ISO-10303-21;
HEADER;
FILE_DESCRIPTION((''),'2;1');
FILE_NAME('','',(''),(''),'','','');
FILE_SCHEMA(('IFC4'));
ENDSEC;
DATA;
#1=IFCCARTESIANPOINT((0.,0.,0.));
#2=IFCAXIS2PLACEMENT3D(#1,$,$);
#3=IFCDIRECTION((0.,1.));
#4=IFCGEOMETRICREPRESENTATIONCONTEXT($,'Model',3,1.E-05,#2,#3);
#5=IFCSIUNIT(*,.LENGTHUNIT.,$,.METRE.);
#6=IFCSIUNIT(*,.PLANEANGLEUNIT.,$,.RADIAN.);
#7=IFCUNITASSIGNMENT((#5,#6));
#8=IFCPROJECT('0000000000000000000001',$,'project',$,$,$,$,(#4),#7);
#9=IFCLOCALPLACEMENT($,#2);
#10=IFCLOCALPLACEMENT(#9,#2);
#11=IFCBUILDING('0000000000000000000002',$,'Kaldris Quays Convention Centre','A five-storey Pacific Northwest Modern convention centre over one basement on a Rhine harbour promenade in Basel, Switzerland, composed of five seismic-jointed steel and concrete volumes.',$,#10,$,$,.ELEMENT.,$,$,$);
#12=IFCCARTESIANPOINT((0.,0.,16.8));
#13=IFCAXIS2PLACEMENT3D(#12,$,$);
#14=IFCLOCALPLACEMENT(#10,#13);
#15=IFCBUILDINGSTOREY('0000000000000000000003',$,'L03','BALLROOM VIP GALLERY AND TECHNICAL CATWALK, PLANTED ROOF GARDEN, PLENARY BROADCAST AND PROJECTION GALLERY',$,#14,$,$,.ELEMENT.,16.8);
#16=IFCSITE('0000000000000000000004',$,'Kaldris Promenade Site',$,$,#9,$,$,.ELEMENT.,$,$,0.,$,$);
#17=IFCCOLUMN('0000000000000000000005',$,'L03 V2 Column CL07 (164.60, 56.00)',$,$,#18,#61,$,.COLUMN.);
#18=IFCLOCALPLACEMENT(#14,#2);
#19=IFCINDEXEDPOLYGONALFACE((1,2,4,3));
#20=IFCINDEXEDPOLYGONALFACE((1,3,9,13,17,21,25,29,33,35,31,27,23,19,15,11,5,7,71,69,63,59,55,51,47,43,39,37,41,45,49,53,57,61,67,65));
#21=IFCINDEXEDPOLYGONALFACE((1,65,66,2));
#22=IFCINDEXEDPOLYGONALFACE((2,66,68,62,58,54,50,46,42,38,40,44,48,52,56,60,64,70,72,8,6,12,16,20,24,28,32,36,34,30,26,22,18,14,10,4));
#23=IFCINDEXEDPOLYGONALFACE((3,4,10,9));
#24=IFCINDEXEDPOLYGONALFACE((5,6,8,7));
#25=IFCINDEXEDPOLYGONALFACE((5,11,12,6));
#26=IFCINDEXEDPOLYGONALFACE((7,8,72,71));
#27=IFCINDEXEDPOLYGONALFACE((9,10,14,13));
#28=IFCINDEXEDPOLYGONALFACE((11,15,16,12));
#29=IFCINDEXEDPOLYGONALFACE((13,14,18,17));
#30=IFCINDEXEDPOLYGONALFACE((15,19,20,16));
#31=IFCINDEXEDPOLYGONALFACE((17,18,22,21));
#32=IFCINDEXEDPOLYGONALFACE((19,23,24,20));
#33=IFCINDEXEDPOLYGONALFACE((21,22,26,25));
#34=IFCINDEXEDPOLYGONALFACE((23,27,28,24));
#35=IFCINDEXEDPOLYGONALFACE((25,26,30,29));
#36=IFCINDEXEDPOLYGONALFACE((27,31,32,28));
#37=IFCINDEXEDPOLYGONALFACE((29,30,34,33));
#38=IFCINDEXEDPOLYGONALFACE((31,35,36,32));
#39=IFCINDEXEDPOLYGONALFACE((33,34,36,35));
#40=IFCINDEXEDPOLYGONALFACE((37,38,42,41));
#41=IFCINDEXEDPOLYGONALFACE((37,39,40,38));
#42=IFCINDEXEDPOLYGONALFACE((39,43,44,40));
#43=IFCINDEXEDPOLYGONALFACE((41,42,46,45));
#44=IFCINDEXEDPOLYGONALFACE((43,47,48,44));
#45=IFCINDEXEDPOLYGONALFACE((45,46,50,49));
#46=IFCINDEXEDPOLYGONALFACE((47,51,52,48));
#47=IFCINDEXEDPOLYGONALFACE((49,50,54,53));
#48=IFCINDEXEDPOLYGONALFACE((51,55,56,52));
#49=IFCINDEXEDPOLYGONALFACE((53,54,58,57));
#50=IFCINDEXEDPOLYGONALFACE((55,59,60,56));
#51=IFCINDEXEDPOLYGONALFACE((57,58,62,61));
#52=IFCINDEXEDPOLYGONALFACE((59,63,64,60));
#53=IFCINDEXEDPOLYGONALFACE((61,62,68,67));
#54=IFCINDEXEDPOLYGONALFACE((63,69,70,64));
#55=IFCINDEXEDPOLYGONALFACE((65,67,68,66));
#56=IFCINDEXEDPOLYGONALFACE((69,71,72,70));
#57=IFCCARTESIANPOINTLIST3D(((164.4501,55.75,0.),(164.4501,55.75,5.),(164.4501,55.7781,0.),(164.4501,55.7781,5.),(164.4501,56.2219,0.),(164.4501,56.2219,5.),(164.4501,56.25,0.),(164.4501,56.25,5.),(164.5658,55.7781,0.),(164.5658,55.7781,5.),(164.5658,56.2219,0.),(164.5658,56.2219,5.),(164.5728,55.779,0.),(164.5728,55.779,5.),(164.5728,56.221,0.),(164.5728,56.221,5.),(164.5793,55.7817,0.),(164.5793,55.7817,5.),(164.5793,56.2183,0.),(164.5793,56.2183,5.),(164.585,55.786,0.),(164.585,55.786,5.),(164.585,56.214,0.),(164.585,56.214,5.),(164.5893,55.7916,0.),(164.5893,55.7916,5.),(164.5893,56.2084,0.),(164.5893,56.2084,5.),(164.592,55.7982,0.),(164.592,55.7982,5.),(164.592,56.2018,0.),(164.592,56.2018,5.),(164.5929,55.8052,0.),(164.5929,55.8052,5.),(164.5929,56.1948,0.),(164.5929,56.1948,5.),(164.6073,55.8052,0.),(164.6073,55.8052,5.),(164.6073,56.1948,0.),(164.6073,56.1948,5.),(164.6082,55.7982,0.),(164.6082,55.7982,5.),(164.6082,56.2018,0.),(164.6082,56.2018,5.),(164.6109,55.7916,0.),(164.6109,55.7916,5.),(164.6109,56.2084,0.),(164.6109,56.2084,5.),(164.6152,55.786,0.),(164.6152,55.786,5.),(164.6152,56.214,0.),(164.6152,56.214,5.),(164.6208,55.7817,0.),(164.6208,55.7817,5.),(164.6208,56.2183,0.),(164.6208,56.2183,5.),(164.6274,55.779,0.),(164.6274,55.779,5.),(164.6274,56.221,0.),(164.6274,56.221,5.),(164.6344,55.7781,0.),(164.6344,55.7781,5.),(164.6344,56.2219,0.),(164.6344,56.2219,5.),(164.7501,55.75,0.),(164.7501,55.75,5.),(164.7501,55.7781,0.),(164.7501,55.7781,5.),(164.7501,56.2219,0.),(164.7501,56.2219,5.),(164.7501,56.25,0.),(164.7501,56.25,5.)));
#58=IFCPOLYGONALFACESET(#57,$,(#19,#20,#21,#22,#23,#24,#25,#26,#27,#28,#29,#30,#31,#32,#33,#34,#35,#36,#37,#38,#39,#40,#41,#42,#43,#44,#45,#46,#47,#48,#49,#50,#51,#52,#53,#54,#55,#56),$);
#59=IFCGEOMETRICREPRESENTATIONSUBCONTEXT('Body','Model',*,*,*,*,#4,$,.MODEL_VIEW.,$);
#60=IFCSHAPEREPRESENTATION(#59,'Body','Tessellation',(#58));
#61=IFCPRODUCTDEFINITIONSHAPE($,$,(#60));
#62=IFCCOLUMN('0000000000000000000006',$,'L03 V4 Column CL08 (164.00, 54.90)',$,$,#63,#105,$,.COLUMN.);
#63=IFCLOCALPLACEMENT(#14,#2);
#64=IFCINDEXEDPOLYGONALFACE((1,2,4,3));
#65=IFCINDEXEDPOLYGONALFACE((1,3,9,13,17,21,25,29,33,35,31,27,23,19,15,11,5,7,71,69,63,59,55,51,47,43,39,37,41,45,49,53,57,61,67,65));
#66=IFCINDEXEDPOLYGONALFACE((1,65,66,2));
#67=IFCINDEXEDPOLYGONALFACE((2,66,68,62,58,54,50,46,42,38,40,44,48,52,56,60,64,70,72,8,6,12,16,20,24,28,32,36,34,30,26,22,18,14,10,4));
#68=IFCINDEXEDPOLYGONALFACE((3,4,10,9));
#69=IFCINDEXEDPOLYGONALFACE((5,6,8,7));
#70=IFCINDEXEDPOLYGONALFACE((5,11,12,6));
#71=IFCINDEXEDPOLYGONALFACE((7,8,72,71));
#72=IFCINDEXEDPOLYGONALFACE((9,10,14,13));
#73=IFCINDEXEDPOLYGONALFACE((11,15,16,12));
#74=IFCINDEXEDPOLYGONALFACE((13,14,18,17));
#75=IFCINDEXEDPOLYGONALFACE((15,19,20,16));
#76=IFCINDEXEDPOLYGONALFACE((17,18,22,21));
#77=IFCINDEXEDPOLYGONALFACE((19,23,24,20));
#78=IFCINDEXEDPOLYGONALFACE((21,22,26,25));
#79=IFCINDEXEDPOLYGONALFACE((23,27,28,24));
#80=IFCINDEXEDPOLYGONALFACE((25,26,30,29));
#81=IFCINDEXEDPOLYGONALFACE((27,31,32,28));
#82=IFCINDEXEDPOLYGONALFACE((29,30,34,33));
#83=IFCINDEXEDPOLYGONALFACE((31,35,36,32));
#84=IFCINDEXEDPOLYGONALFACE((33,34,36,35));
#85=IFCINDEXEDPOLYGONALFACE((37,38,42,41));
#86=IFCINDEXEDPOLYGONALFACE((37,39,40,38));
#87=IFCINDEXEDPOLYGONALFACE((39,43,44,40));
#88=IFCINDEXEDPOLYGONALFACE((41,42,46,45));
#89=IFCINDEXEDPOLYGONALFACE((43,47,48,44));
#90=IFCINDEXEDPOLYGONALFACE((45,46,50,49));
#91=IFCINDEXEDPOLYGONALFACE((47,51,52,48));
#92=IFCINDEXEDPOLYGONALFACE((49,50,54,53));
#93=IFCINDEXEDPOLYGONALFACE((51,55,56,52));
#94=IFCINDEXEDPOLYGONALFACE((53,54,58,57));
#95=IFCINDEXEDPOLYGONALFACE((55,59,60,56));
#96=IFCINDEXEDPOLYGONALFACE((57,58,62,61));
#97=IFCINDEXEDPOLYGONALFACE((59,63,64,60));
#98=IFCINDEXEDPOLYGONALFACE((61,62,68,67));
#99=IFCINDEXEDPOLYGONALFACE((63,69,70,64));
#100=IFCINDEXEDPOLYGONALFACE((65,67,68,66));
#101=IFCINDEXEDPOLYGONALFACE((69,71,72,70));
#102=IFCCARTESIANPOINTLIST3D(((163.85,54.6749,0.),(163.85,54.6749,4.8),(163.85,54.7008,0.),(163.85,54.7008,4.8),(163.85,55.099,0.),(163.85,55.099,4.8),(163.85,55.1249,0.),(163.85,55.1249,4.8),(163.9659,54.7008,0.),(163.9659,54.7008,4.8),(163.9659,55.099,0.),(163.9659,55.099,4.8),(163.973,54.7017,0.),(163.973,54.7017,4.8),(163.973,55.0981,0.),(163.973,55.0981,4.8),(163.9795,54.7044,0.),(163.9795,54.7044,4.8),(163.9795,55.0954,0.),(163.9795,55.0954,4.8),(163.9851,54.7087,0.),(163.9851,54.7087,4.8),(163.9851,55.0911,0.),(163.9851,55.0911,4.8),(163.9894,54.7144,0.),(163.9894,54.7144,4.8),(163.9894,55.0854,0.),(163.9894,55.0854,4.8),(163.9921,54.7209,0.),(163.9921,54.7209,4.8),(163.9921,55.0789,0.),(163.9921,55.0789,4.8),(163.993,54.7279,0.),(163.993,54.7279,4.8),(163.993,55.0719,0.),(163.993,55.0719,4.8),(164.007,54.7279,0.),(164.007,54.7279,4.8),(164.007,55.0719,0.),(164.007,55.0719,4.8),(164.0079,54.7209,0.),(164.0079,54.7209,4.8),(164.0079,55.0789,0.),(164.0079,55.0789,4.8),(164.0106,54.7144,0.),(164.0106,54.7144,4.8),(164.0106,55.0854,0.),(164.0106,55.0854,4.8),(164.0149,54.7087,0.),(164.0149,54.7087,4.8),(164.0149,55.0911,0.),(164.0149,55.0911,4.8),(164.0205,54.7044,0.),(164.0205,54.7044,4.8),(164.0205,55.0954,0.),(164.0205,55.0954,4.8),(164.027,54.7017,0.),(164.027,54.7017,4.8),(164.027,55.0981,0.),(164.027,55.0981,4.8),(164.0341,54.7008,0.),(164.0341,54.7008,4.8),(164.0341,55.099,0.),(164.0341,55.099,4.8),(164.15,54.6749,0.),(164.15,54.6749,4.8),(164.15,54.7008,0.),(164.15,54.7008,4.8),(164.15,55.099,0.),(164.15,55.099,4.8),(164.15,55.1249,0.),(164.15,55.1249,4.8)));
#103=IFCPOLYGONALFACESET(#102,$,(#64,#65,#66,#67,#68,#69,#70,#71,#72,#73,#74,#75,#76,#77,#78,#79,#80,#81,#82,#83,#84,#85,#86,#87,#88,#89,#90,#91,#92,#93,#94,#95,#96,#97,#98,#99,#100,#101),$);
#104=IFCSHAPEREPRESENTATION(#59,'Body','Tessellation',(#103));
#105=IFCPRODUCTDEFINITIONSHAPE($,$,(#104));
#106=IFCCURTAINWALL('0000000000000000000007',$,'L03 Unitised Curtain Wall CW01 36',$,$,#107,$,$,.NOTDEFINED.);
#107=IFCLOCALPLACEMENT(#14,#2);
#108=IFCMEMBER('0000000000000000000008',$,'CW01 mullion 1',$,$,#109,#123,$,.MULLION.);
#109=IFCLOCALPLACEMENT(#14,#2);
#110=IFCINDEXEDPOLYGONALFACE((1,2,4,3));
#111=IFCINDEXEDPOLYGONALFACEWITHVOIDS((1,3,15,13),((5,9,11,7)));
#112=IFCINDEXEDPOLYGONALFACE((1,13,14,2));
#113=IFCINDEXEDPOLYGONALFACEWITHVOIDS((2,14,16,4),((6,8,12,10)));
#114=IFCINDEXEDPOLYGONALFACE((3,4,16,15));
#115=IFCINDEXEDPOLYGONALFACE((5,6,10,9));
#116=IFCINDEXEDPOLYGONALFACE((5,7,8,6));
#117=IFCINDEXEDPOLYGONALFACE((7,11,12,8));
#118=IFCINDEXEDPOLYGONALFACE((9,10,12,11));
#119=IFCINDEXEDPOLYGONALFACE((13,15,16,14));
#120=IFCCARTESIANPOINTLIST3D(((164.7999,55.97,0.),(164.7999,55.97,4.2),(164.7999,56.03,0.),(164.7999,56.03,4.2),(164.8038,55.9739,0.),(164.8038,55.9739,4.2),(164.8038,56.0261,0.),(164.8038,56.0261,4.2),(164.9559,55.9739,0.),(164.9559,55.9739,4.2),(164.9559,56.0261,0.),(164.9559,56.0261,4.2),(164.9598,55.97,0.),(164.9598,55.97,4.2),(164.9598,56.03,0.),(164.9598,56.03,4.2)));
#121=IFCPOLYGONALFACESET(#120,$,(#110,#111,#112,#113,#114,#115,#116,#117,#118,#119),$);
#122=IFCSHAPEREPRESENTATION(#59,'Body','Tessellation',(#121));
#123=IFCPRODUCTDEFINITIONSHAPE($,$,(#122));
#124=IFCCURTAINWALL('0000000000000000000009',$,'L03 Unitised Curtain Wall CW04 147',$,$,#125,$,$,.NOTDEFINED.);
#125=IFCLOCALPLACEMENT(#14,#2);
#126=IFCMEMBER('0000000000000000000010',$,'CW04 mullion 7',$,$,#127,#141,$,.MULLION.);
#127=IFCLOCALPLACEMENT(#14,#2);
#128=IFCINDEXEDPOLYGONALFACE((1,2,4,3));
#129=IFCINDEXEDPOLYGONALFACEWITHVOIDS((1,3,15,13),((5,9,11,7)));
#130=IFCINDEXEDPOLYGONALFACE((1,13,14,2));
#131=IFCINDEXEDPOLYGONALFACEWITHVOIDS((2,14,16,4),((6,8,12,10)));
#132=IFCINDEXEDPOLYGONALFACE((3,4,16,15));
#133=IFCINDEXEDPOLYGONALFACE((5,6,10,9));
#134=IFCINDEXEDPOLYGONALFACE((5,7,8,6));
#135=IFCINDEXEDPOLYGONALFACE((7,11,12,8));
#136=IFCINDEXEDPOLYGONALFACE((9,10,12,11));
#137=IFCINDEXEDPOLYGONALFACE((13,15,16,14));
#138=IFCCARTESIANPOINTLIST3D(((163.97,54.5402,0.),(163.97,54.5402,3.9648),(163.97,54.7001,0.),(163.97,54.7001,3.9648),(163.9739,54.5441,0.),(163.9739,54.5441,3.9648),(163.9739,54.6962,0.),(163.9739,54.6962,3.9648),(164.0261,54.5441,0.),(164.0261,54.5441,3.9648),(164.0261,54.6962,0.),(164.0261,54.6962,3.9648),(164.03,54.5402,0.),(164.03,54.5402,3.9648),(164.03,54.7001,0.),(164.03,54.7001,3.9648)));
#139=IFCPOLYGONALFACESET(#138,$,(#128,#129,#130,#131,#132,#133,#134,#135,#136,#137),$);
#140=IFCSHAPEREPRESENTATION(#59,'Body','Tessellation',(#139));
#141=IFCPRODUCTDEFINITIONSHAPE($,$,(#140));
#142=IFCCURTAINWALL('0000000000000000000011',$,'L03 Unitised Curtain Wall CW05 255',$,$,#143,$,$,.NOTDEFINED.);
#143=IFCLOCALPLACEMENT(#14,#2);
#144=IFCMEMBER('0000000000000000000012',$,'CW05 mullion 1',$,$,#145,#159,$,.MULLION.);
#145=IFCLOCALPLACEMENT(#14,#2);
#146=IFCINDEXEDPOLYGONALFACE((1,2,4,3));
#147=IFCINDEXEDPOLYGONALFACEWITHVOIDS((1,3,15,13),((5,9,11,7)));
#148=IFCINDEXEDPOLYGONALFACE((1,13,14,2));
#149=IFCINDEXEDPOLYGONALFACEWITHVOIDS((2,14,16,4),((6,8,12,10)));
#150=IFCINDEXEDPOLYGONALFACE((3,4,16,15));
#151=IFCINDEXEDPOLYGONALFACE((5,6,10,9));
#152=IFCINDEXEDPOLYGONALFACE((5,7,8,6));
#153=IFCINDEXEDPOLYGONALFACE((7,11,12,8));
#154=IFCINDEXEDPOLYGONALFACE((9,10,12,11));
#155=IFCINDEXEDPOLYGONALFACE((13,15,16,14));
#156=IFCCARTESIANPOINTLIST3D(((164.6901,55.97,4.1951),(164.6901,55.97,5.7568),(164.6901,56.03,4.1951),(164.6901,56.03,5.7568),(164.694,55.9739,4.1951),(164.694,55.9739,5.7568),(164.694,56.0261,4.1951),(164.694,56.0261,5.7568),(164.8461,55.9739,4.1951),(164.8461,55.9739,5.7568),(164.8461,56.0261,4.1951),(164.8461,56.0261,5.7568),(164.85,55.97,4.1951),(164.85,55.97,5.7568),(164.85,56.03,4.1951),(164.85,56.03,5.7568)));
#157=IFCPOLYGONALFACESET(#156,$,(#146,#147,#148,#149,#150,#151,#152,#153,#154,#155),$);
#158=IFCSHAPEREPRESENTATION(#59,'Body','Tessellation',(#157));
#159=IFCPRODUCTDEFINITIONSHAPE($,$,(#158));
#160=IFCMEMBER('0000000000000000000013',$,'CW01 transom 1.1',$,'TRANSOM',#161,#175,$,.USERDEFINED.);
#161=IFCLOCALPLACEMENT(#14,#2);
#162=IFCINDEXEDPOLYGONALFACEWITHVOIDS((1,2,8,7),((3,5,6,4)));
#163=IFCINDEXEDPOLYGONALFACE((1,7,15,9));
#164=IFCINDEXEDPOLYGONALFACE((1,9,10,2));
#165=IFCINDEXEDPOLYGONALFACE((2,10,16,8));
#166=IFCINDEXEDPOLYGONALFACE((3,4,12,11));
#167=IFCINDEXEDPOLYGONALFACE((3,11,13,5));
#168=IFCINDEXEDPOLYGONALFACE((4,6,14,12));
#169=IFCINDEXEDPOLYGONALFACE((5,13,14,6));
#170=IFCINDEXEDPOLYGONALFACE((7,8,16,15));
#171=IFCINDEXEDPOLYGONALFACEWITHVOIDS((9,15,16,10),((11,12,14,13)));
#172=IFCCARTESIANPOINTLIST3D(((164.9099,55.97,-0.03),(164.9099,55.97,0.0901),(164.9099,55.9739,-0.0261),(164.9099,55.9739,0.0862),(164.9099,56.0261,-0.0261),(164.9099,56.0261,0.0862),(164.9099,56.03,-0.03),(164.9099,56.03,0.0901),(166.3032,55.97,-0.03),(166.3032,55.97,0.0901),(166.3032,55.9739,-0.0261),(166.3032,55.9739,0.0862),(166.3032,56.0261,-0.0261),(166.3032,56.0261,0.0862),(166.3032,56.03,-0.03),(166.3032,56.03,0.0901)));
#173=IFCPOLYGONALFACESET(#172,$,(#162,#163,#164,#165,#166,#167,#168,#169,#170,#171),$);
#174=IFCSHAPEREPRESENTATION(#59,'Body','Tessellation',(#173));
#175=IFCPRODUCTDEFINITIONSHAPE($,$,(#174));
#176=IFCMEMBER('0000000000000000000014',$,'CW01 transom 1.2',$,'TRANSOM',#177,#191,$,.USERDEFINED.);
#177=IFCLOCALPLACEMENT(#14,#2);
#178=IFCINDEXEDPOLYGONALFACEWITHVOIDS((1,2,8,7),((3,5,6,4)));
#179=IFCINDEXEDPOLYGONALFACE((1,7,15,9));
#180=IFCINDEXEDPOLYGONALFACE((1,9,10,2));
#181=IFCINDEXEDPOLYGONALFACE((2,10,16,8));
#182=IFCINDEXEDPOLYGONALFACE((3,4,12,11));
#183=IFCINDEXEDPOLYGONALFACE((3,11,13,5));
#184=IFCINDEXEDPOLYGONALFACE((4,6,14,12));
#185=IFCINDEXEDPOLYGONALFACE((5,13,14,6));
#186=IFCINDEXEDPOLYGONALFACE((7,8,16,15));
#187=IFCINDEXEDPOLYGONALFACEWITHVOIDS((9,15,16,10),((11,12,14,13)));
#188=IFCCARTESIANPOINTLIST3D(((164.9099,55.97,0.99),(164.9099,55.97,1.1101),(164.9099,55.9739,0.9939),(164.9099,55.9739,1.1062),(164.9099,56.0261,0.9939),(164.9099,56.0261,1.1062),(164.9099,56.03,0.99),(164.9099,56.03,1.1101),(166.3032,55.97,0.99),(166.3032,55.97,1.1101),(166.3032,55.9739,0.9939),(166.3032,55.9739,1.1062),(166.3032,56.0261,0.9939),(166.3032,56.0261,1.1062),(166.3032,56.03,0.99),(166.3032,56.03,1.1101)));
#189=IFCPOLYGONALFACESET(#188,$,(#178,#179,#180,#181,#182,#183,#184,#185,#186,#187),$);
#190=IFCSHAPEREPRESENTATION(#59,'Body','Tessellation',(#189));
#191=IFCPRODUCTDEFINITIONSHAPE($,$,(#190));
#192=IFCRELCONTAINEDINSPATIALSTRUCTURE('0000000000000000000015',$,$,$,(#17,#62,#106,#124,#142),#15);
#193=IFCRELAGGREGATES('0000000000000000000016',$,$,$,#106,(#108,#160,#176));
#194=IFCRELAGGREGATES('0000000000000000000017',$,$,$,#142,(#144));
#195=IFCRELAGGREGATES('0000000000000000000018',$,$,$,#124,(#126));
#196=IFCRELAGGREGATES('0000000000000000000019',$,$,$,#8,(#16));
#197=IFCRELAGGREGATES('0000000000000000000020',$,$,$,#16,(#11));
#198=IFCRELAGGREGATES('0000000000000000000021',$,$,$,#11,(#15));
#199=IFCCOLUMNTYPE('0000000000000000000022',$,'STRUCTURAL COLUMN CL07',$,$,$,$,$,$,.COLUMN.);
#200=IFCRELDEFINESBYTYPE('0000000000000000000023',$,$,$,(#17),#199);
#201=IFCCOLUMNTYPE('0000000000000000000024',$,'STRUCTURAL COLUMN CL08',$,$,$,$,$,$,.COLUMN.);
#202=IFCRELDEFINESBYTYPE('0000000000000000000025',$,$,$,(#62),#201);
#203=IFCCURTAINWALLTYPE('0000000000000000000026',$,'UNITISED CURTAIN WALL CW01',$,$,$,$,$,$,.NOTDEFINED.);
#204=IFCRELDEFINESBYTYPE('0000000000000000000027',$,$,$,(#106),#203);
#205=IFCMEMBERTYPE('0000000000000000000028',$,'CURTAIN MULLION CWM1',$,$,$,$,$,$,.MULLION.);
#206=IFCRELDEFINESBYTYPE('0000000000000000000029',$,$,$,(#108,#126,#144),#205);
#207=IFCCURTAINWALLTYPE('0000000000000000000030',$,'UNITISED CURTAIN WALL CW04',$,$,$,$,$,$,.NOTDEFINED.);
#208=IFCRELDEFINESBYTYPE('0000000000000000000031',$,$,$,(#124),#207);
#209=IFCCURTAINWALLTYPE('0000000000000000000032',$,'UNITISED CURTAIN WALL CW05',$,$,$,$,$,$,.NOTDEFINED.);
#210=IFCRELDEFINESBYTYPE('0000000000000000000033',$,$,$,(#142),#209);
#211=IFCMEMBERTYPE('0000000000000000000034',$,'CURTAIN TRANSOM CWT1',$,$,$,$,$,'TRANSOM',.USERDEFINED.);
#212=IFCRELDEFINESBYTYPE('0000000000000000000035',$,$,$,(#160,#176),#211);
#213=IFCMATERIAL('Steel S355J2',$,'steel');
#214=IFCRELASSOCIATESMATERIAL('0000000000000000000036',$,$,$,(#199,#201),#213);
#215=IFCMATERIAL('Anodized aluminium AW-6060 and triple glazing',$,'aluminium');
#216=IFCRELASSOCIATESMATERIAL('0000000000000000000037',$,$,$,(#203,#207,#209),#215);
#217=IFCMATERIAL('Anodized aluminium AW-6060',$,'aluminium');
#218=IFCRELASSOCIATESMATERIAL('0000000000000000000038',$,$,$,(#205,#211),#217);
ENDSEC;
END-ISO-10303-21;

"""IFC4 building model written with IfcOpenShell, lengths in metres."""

from ifc_helpers import new_model, si_unit, direction, frame, origin, origin_2d, place, context, subcontext, project, spatial, hollow_rectangle, i_section, extrude, material, material_profile, profile_set, type_object, element, aggregate, save


model = new_model("IFC4")

# Units and contexts
model_context = context("Model", 3, precision=1e-05, world=origin(), true_north=direction((0.0, 1.0)))
body_context = subcontext(model_context, "Body", "Model", "MODEL_VIEW")
ifc_project = project(units=[si_unit("LENGTHUNIT", "METRE"), si_unit("PLANEANGLEUNIT", "RADIAN")], contexts=[model_context])

# Site, building, storey
site_placement = place(None, origin())
site = spatial("IfcSite", under=ifc_project, at=site_placement, Name="Kaldris Promenade Site", CompositionType="ELEMENT", RefElevation=0.0)
building_placement = place(site_placement, origin())
building = spatial("IfcBuilding", under=site, at=building_placement, Name="Kaldris Quays Convention Centre", Description="A five-storey Pacific Northwest Modern convention centre over one basement on a Rhine harbour promenade in Basel, Switzerland, composed of five seismic-jointed steel and concrete volumes.", CompositionType="ELEMENT")
storey_placement = place(building_placement, frame((0.0, 0.0, 16.8)))
storey = spatial("IfcBuildingStorey", under=building, at=storey_placement, Name="L03", Description="BALLROOM VIP GALLERY AND TECHNICAL CATWALK, PLANTED ROOF GARDEN, PLENARY BROADCAST AND PROJECTION GALLERY", CompositionType="ELEMENT", Elevation=16.8)

# Columns
ifc_material_1 = material(Name="Steel S355J2", Category="steel")
ifc_material_profile_1 = material_profile(ifc_material_1, i_section(OverallWidth=0.3, OverallDepth=0.5, WebThickness=0.0144, FlangeThickness=0.0281, FilletRadius=0.0271, at=origin_2d()), Name="HEB 500")
ifc_profile_set_1 = profile_set([ifc_material_profile_1], Name="Steel S355J2")
column_type_1 = type_object("IfcColumnType", Name="STRUCTURAL COLUMN CL07", PredefinedType="COLUMN", material=ifc_profile_set_1)
column_1_placement = place(storey_placement, frame((164.6001, 56.0, 0.0), z_axis=(0.0, 0.0, 1.0), x_axis=(1.0, 0.0, 0.0)))
element("IfcColumn", 1, at=column_1_placement, inside=storey, type_object=column_type_1, Name="L03 V2 Column CL07 (164.60, 56.00)", PredefinedType="COLUMN", context=body_context, shape_type="SweptSolid", body=[
    extrude(i_section(OverallWidth=0.3, OverallDepth=0.5, WebThickness=0.0144, FlangeThickness=0.0281, FilletRadius=0.0271, at=origin_2d()), origin(), (0.0, 0.0, 1.0), 5.0),
])
ifc_material_profile_2 = material_profile(ifc_material_1, i_section(OverallWidth=0.3, OverallDepth=0.45, WebThickness=0.0139, FlangeThickness=0.0259, FilletRadius=0.0271, at=origin_2d()), Name="HEB 450")
ifc_profile_set_2 = profile_set([ifc_material_profile_2], Name="Steel S355J2")
column_type_2 = type_object("IfcColumnType", Name="STRUCTURAL COLUMN CL08", PredefinedType="COLUMN", material=ifc_profile_set_2)
column_2_placement = place(storey_placement, frame((164.0, 54.8999, 0.0), z_axis=(0.0, 0.0, 1.0), x_axis=(1.0, 0.0, 0.0)))
element("IfcColumn", 2, at=column_2_placement, inside=storey, type_object=column_type_2, Name="L03 V4 Column CL08 (164.00, 54.90)", PredefinedType="COLUMN", context=body_context, shape_type="SweptSolid", body=[
    extrude(i_section(OverallWidth=0.3, OverallDepth=0.45, WebThickness=0.0139, FlangeThickness=0.0259, FilletRadius=0.0271, at=origin_2d()), origin(), (0.0, 0.0, 1.0), 4.8),
])

# Curtain walls, members
ifc_material_2 = material(Name="Anodized aluminium AW-6060 and triple glazing", Category="aluminium")
curtain_wall_type_1 = type_object("IfcCurtainWallType", Name="UNITISED CURTAIN WALL CW01", PredefinedType="NOTDEFINED", material=ifc_material_2)
curtain_wall_1_placement = place(storey_placement, origin())
curtain_wall_1 = element("IfcCurtainWall", 3, at=curtain_wall_1_placement, inside=storey, type_object=curtain_wall_type_1, Name="L03 Unitised Curtain Wall CW01 36", PredefinedType="NOTDEFINED")
ifc_material_3 = material(Name="Anodized aluminium AW-6060", Category="aluminium")
ifc_material_profile_3 = material_profile(ifc_material_3, hollow_rectangle(XDim=0.0601, YDim=0.1599, WallThickness=0.0039, at=origin_2d()), Name="RHS 160x60x4")
ifc_profile_set_3 = profile_set([ifc_material_profile_3], Name="Anodized aluminium AW-6060")
member_type_1 = type_object("IfcMemberType", Name="CURTAIN MULLION CWM1", PredefinedType="MULLION", material=ifc_profile_set_3)
member_1_placement = place(storey_placement, frame((164.8799, 56.0, 0.0), z_axis=(0.0, 0.0, 1.0), x_axis=(0.0, 1.0, 0.0)))
member_1 = element("IfcMember", 4, at=member_1_placement, type_object=member_type_1, Name="CW01 mullion 1", PredefinedType="MULLION", context=body_context, shape_type="SweptSolid", body=[
    extrude(hollow_rectangle(XDim=0.0601, YDim=0.1599, WallThickness=0.0039, at=origin_2d()), origin(), (0.0, 0.0, 1.0), 4.2),
])
curtain_wall_type_2 = type_object("IfcCurtainWallType", Name="UNITISED CURTAIN WALL CW04", PredefinedType="NOTDEFINED", material=ifc_material_2)
curtain_wall_2_placement = place(storey_placement, origin())
curtain_wall_2 = element("IfcCurtainWall", 5, at=curtain_wall_2_placement, inside=storey, type_object=curtain_wall_type_2, Name="L03 Unitised Curtain Wall CW04 147", PredefinedType="NOTDEFINED")
member_2_placement = place(storey_placement, frame((164.0, 54.6201, 0.0), z_axis=(0.0, 0.0, 1.0), x_axis=(-1.0, 0.0, 0.0)))
member_2 = element("IfcMember", 6, at=member_2_placement, type_object=member_type_1, Name="CW04 mullion 7", PredefinedType="MULLION", context=body_context, shape_type="SweptSolid", body=[
    extrude(hollow_rectangle(XDim=0.0601, YDim=0.1599, WallThickness=0.0039, at=origin_2d()), origin(), (0.0, 0.0, 1.0), 3.9648),
])
curtain_wall_type_3 = type_object("IfcCurtainWallType", Name="UNITISED CURTAIN WALL CW05", PredefinedType="NOTDEFINED", material=ifc_material_2)
curtain_wall_3_placement = place(storey_placement, origin())
curtain_wall_3 = element("IfcCurtainWall", 7, at=curtain_wall_3_placement, inside=storey, type_object=curtain_wall_type_3, Name="L03 Unitised Curtain Wall CW05 255", PredefinedType="NOTDEFINED")
member_3_placement = place(storey_placement, frame((164.77, 56.0, 4.1951), z_axis=(0.0, 0.0, 1.0), x_axis=(0.0, 1.0, 0.0)))
member_3 = element("IfcMember", 8, at=member_3_placement, type_object=member_type_1, Name="CW05 mullion 1", PredefinedType="MULLION", context=body_context, shape_type="SweptSolid", body=[
    extrude(hollow_rectangle(XDim=0.0601, YDim=0.1599, WallThickness=0.0039, at=origin_2d()), origin(), (0.0, 0.0, 1.0), 1.5618),
])

# Members
ifc_material_profile_4 = material_profile(ifc_material_3, hollow_rectangle(XDim=0.0601, YDim=0.1201, WallThickness=0.0039, at=origin_2d()), Name="RHS 120x60x4")
ifc_profile_set_4 = profile_set([ifc_material_profile_4], Name="Anodized aluminium AW-6060")
member_type_2 = type_object("IfcMemberType", Name="CURTAIN TRANSOM CWT1", ElementType="TRANSOM", PredefinedType="USERDEFINED", material=ifc_profile_set_4)
member_4_placement = place(storey_placement, frame((164.9099, 56.0, 0.03), z_axis=(1.0, 0.0, 0.0), x_axis=(0.0, 1.0, 0.0)))
member_4 = element("IfcMember", 9, at=member_4_placement, type_object=member_type_2, Name="CW01 transom 1.1", ObjectType="TRANSOM", PredefinedType="USERDEFINED", context=body_context, shape_type="SweptSolid", body=[
    extrude(hollow_rectangle(XDim=0.0601, YDim=0.1201, WallThickness=0.0039, at=origin_2d()), origin(), (0.0, 0.0, 1.0), 1.3933),
])
member_5_placement = place(storey_placement, frame((164.9099, 56.0, 1.05), z_axis=(1.0, 0.0, 0.0), x_axis=(0.0, 1.0, 0.0)))
member_5 = element("IfcMember", 10, at=member_5_placement, type_object=member_type_2, Name="CW01 transom 1.2", ObjectType="TRANSOM", PredefinedType="USERDEFINED", context=body_context, shape_type="SweptSolid", body=[
    extrude(hollow_rectangle(XDim=0.0601, YDim=0.1201, WallThickness=0.0039, at=origin_2d()), origin(), (0.0, 0.0, 1.0), 1.3933),
])
aggregate(curtain_wall_1, [member_1, member_4, member_5])
aggregate(curtain_wall_3, [member_3])

aggregate(curtain_wall_2, [member_2])

save(model, "model.ifc")
